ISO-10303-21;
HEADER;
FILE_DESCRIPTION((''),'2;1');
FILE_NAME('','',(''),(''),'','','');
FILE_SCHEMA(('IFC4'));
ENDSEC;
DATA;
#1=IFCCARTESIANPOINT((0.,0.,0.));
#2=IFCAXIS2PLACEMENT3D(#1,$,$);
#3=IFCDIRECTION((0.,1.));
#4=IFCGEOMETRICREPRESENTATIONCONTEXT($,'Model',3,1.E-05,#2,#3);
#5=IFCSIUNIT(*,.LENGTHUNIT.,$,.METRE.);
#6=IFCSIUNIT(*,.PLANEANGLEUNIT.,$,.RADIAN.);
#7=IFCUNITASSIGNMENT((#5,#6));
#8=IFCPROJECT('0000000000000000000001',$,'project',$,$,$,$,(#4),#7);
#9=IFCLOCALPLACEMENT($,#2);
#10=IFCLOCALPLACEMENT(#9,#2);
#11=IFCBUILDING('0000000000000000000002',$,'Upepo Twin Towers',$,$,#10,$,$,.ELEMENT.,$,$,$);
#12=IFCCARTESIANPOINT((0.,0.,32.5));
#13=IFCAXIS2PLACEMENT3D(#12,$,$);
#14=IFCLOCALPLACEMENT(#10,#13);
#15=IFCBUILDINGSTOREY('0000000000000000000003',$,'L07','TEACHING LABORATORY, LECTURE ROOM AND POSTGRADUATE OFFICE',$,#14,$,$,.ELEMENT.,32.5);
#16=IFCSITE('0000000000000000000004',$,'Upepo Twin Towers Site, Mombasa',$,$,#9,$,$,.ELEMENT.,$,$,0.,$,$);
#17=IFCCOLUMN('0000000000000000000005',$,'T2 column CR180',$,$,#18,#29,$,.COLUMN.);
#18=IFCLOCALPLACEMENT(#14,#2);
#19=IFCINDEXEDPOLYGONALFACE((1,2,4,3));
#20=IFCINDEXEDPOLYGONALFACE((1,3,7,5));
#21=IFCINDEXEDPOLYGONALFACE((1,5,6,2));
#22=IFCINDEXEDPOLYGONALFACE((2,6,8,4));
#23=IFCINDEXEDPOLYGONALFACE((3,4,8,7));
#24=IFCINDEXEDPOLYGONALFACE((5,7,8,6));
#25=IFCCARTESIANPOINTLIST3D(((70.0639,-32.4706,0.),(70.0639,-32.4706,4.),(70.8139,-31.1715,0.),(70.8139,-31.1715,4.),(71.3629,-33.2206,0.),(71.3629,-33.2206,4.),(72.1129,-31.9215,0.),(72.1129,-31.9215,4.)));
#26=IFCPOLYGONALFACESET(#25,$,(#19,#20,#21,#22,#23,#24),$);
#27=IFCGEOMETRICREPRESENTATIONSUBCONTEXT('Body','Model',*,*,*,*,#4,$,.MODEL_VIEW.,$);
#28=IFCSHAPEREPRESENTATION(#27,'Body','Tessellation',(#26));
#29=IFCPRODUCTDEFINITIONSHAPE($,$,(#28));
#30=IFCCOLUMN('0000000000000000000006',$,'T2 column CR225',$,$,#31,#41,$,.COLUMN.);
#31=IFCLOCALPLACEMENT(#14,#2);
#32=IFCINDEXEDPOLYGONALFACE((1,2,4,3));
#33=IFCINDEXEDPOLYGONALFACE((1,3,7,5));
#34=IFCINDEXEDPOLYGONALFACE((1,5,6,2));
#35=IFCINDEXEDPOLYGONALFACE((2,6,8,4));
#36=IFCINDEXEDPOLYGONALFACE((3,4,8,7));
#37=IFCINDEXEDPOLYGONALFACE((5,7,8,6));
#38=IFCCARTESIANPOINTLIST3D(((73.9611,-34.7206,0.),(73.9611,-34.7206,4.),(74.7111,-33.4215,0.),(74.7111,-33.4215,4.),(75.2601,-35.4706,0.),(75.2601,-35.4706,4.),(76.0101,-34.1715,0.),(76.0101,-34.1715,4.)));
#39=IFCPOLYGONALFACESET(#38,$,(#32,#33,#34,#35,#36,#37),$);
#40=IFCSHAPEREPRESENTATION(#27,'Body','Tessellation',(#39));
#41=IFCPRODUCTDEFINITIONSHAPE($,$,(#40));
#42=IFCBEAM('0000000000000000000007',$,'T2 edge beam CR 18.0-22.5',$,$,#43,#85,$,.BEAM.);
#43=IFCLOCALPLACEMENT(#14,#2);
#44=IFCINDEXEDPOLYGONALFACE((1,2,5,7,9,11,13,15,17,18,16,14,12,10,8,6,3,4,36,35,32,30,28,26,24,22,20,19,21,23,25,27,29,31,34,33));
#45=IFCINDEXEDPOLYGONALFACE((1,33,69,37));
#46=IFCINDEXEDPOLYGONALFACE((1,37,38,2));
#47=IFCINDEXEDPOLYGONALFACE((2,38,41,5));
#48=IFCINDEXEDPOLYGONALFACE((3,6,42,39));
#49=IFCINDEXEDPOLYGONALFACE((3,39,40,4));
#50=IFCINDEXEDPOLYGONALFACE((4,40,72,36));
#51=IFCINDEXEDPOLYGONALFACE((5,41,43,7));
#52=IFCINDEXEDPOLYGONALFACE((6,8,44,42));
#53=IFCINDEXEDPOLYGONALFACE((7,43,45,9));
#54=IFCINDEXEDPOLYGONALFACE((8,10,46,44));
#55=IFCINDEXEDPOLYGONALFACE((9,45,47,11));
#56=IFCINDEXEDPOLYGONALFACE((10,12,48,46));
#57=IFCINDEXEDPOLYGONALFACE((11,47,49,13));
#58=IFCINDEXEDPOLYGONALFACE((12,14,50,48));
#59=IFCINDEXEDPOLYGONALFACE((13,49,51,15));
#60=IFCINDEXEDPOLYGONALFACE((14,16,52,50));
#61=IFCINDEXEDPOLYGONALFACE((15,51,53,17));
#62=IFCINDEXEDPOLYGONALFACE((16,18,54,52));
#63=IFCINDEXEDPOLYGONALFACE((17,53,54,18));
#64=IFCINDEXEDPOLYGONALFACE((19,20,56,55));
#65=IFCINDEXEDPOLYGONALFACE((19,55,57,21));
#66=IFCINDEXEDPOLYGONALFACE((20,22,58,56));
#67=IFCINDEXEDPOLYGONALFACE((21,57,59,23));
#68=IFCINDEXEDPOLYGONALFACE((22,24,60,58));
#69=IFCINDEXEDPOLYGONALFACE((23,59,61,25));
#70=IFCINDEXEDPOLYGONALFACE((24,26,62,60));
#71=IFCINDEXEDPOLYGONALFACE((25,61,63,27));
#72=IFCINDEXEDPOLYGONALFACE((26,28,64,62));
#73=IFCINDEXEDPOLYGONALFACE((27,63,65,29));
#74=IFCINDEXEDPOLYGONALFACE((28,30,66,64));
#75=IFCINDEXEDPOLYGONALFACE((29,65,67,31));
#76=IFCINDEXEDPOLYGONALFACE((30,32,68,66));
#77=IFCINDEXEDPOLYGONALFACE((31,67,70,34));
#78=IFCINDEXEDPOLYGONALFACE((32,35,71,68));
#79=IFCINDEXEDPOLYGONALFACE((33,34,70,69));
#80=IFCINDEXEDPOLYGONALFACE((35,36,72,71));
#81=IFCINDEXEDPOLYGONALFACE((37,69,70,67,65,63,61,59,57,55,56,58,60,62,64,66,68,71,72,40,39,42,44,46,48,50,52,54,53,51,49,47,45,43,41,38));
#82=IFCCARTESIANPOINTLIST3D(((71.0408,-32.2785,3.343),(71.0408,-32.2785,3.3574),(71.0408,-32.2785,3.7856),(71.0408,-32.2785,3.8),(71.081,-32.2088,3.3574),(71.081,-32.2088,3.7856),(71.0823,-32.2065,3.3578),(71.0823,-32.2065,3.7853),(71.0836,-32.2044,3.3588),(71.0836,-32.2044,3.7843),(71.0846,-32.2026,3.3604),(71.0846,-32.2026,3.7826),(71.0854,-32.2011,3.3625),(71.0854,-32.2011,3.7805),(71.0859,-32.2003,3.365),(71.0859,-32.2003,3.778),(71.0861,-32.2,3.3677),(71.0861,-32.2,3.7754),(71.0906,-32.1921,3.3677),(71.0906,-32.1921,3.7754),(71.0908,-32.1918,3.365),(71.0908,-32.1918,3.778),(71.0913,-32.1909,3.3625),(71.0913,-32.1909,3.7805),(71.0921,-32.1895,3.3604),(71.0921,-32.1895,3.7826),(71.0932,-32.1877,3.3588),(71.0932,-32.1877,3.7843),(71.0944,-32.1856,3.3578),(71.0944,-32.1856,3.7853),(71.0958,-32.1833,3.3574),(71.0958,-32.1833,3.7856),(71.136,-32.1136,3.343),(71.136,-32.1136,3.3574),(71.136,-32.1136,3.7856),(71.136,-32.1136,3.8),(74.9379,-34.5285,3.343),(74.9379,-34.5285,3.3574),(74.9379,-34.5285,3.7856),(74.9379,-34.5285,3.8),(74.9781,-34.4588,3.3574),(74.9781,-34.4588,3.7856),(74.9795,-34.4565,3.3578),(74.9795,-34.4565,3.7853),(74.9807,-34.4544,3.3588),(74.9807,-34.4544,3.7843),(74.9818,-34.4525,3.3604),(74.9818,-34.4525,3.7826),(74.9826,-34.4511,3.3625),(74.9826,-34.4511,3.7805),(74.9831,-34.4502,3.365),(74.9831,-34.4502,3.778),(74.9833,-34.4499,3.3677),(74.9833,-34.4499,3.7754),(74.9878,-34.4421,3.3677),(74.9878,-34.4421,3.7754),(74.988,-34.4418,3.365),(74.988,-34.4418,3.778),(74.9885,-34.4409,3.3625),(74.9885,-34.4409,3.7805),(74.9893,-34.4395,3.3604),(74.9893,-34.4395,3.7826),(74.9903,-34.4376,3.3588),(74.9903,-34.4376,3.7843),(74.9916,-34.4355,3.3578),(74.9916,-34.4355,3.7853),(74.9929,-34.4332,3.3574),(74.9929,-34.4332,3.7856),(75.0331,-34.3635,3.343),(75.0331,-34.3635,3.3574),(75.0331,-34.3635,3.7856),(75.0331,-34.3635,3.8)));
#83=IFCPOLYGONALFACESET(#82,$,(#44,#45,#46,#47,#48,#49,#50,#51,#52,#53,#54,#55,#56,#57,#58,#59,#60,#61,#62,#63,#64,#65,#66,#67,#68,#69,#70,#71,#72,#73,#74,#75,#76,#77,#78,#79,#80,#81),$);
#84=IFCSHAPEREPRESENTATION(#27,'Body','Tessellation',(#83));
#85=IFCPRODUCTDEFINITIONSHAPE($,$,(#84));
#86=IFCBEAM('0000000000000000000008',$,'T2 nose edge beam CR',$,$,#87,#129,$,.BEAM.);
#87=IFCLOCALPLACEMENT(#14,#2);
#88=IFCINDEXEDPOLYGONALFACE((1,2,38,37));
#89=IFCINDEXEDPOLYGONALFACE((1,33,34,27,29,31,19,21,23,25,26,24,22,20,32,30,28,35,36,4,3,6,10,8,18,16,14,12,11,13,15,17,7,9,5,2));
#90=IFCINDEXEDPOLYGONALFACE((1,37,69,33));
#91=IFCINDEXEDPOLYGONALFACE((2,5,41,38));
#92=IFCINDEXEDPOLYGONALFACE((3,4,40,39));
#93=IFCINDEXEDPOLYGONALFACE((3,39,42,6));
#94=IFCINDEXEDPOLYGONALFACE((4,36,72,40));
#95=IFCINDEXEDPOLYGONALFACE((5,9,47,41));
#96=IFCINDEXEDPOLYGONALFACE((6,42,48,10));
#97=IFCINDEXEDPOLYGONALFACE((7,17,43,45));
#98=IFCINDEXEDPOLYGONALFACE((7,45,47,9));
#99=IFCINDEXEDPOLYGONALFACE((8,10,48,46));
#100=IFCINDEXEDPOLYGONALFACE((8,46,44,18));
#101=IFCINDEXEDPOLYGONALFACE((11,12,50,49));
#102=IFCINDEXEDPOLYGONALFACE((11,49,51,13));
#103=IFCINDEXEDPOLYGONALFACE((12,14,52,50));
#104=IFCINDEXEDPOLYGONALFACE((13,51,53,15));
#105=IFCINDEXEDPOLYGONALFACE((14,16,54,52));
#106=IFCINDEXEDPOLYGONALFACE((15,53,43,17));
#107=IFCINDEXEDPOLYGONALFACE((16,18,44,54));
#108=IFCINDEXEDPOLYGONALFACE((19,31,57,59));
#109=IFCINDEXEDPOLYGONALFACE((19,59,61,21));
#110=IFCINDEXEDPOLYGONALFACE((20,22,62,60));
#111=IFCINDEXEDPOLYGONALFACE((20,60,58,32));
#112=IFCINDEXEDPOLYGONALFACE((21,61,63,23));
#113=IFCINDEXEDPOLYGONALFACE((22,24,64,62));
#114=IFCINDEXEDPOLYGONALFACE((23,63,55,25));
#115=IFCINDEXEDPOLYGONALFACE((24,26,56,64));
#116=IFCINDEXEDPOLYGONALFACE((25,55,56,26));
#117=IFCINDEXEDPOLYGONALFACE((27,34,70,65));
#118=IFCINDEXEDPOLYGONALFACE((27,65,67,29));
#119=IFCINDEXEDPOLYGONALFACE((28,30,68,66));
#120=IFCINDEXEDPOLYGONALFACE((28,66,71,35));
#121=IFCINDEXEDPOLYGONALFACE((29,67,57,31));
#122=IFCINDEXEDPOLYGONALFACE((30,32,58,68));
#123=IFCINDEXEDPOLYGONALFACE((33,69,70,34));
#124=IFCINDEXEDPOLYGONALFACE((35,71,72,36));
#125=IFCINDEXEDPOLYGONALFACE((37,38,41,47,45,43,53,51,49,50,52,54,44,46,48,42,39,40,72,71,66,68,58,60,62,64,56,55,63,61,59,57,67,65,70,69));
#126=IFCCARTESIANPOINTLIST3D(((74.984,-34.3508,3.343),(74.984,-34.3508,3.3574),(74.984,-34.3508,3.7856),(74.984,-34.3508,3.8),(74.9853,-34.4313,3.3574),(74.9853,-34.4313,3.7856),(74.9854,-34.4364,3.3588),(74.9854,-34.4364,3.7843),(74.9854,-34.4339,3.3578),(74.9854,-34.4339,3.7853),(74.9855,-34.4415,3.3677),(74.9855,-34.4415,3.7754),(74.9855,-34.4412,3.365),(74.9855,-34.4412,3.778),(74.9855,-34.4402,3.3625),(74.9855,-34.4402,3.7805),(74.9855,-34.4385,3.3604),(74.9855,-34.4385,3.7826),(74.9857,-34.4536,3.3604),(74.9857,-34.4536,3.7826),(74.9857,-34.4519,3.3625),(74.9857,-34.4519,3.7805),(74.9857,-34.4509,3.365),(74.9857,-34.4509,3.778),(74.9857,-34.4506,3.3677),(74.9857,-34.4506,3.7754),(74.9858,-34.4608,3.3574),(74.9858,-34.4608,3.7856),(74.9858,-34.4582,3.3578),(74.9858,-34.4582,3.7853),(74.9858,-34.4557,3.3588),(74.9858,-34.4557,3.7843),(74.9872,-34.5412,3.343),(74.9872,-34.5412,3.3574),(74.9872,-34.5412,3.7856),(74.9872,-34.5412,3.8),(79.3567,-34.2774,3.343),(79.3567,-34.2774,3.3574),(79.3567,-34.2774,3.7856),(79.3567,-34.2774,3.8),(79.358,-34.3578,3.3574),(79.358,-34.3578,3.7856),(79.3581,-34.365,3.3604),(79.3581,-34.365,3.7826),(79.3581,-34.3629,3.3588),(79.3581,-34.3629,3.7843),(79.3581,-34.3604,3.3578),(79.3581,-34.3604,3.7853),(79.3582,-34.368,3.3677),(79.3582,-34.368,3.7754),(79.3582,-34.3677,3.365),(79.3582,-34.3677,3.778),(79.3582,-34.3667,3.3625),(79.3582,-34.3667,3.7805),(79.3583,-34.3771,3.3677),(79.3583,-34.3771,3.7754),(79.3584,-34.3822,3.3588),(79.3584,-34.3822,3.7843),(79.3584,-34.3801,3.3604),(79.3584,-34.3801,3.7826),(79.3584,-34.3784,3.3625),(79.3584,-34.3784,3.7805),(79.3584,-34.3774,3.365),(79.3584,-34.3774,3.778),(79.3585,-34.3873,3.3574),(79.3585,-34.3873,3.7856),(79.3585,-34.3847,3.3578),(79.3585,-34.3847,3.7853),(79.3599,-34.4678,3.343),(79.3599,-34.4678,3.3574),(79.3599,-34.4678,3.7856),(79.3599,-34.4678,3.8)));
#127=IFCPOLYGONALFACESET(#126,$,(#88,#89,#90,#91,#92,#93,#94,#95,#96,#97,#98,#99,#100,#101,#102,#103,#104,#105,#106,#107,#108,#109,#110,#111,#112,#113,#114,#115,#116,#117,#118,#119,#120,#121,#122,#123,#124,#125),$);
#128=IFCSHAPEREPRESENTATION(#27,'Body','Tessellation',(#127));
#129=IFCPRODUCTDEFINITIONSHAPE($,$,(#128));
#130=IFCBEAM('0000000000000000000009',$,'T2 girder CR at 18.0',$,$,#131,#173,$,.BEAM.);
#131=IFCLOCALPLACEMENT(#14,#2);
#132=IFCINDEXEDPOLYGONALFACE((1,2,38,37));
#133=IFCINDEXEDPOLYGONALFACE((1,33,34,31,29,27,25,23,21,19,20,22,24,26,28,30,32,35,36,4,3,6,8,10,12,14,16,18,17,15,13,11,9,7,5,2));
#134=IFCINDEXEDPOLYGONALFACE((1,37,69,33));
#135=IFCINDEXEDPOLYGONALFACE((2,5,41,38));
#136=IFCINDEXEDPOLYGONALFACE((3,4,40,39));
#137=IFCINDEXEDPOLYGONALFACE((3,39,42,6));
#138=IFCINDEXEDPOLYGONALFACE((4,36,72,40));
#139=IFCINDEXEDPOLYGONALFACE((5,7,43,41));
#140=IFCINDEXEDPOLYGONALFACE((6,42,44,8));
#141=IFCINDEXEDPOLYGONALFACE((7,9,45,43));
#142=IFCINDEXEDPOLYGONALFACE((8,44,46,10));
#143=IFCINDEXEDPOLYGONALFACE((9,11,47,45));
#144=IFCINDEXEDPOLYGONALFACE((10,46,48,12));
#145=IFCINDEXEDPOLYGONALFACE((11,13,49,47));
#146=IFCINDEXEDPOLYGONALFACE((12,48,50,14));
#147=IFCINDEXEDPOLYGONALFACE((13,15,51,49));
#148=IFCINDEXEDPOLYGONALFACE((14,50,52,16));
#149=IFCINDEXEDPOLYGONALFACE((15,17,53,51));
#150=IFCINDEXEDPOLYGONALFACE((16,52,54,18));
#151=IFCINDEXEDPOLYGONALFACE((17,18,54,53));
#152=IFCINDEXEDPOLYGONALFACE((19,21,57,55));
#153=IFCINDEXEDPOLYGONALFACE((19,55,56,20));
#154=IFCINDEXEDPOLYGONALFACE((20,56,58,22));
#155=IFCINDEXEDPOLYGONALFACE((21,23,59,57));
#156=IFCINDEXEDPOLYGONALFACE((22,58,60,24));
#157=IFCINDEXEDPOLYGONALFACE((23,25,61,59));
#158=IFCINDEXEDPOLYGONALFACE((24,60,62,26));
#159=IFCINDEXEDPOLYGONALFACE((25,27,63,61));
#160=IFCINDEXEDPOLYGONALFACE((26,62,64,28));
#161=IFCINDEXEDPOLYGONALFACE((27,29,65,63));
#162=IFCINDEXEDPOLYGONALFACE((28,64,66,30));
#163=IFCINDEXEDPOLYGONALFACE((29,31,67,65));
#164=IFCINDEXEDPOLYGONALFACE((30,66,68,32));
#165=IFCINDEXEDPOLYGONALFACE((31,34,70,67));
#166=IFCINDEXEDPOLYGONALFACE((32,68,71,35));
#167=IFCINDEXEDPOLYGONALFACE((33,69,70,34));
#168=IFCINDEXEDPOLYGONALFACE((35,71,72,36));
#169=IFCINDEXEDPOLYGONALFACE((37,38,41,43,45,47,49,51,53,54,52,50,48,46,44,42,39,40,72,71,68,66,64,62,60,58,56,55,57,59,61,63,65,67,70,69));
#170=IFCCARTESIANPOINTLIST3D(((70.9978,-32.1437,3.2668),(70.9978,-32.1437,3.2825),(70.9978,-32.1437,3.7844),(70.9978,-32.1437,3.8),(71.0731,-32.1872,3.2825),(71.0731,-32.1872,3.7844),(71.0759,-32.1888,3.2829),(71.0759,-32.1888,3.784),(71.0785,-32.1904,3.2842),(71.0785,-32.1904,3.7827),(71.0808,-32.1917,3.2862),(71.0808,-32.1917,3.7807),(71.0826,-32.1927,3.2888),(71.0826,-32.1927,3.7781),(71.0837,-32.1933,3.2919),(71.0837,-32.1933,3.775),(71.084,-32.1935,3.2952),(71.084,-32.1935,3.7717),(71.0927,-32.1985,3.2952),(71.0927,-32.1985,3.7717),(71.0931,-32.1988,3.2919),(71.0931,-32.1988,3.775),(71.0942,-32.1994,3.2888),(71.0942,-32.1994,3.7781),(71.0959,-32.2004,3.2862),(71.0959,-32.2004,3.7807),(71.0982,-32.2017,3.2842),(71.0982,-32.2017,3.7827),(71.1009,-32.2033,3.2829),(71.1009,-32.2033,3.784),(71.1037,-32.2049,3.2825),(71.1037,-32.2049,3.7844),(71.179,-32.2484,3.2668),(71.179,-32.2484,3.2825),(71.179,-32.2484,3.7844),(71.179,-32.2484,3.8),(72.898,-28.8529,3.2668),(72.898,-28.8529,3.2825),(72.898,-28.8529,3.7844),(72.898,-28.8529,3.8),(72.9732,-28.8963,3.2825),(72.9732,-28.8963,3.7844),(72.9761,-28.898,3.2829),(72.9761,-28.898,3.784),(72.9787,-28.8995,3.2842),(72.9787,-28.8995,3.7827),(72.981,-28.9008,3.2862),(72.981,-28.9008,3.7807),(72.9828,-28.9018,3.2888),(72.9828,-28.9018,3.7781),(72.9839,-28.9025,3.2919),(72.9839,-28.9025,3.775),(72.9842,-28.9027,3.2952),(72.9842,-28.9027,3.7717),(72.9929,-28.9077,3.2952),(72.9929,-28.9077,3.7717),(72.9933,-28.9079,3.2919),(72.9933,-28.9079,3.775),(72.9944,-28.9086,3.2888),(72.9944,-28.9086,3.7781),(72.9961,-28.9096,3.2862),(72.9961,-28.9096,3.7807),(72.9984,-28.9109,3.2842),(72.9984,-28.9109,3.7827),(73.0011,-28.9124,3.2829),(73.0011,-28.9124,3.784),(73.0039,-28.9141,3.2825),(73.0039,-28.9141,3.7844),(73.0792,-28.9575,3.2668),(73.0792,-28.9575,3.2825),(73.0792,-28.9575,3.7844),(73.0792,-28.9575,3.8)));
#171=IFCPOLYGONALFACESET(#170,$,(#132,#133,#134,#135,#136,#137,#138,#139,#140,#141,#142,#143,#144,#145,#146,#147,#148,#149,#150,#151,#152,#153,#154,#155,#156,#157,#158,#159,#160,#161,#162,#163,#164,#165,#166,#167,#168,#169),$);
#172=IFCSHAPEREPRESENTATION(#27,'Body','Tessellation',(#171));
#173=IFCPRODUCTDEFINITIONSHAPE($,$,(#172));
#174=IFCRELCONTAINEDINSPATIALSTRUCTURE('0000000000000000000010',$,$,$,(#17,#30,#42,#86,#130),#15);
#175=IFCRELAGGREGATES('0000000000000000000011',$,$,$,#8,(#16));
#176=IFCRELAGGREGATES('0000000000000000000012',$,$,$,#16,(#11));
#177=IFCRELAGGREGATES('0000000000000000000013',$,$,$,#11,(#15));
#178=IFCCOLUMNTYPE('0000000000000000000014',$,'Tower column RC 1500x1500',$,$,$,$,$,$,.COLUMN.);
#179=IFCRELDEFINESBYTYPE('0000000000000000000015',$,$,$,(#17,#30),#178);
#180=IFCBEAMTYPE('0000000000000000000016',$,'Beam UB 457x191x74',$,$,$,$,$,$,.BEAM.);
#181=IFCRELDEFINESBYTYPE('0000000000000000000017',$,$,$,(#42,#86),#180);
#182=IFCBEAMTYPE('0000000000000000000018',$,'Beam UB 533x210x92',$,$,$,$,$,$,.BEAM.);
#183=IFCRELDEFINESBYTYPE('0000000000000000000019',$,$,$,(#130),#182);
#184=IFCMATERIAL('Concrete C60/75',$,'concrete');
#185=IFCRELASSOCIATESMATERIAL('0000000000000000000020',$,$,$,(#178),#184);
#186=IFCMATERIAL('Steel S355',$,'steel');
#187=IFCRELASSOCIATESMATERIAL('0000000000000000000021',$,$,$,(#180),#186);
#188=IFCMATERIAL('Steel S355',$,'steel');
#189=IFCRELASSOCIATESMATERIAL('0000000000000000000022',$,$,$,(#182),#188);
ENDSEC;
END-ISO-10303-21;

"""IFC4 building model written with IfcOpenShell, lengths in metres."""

from ifc_helpers import new_model, si_unit, direction, frame, origin, origin_2d, place, context, subcontext, project, spatial, rectangle, i_section, extrude, material, material_profile, profile_set, type_object, element, save


model = new_model("IFC4")

# Units and contexts
model_context = context("Model", 3, precision=1e-05, world=origin(), true_north=direction((0.0, 1.0)))
body_context = subcontext(model_context, "Body", "Model", "MODEL_VIEW")
ifc_project = project(units=[si_unit("LENGTHUNIT", "METRE"), si_unit("PLANEANGLEUNIT", "RADIAN")], contexts=[model_context])

# Site, building, storey
site_placement = place(None, origin())
site = spatial("IfcSite", under=ifc_project, at=site_placement, Name="Upepo Twin Towers Site, Mombasa", CompositionType="ELEMENT", RefElevation=0.0)
building_placement = place(site_placement, origin())
building = spatial("IfcBuilding", under=site, at=building_placement, Name="Upepo Twin Towers", CompositionType="ELEMENT")
storey_placement = place(building_placement, frame((0.0, 0.0, 32.5)))
storey = spatial("IfcBuildingStorey", under=building, at=storey_placement, Name="L07", Description="TEACHING LABORATORY, LECTURE ROOM AND POSTGRADUATE OFFICE", CompositionType="ELEMENT", Elevation=32.5)

# Columns
ifc_material_1 = material(Name="Concrete C60/75", Category="concrete")
ifc_material_profile_1 = material_profile(ifc_material_1, rectangle(XDim=1.5, YDim=1.5, at=origin_2d()), Name="RC 1500x1500")
ifc_profile_set_1 = profile_set([ifc_material_profile_1], Name="Concrete C60/75")
column_type = type_object("IfcColumnType", Name="Tower column RC 1500x1500", PredefinedType="COLUMN", material=ifc_profile_set_1)
for number, where, z_axis, x_axis, name in (
    (1, (71.0884, -32.196, 0.0), (0.0, 0.0, 1.0), (0.5, 0.866025, 0.0), "T2 column CR180"),
    (2, (74.9856, -34.446, 0.0), (0.0, 0.0, 1.0), (0.5, 0.866025, 0.0), "T2 column CR225"),
):
    element("IfcColumn", number, at=place(storey_placement, frame(where, z_axis=z_axis, x_axis=x_axis)), inside=storey, type_object=column_type, Name=name, PredefinedType="COLUMN", context=body_context, shape_type="SweptSolid", body=[
        extrude(rectangle(XDim=1.5, YDim=1.5, at=origin_2d()), origin(), (0.0, 0.0, 1.0), 4.0),
    ])

# Beams
ifc_material_2 = material(Name="Steel S355", Category="steel")
ifc_material_profile_2 = material_profile(ifc_material_2, i_section(OverallWidth=0.1904, OverallDepth=0.457, WebThickness=0.009, FlangeThickness=0.0144, FilletRadius=0.0103, at=origin_2d()), Name="UB 457x191x74")
ifc_profile_set_2 = profile_set([ifc_material_profile_2], Name="Steel S355")
beam_type_1 = type_object("IfcBeamType", Name="Beam UB 457x191x74", PredefinedType="BEAM", material=ifc_profile_set_2)
beam_1_placement = place(storey_placement, frame((71.0884, -32.196, 3.5715), z_axis=(0.866031, -0.49999, 0.0), x_axis=(0.49999, 0.866031, 0.0)))
element("IfcBeam", 3, at=beam_1_placement, inside=storey, type_object=beam_type_1, Name="T2 edge beam CR 18.0-22.5", PredefinedType="BEAM", context=body_context, shape_type="SweptSolid", body=[
    extrude(i_section(OverallWidth=0.1904, OverallDepth=0.457, WebThickness=0.009, FlangeThickness=0.0144, FilletRadius=0.0103, at=origin_2d()), origin(), (0.0, 0.0, 1.0), 4.5),
])
beam_2_placement = place(storey_placement, frame((74.9856, -34.446, 3.5715), z_axis=(0.999859, 0.016804, 0.0), x_axis=(-0.016804, 0.999859, 0.0)))
element("IfcBeam", 4, at=beam_2_placement, inside=storey, type_object=beam_type_1, Name="T2 nose edge beam CR", PredefinedType="BEAM", context=body_context, shape_type="SweptSolid", body=[
    extrude(i_section(OverallWidth=0.1904, OverallDepth=0.457, WebThickness=0.009, FlangeThickness=0.0144, FilletRadius=0.0103, at=origin_2d()), origin(), (0.0, 0.0, 1.0), 4.3733),
])
ifc_material_3 = material(Name="Steel S355", Category="steel")
ifc_material_profile_3 = material_profile(ifc_material_3, i_section(OverallWidth=0.2092, OverallDepth=0.5332, WebThickness=0.01, FlangeThickness=0.0156, FilletRadius=0.0127, at=origin_2d()), Name="UB 533x210x92")
ifc_profile_set_3 = profile_set([ifc_material_profile_3], Name="Steel S355")
beam_type_2 = type_object("IfcBeamType", Name="Beam UB 533x210x92", PredefinedType="BEAM", material=ifc_profile_set_3)
beam_3_placement = place(storey_placement, frame((71.0884, -32.196, 3.5334), z_axis=(0.500043, 0.866, 0.0), x_axis=(-0.866, 0.500043, 0.0)))
element("IfcBeam", 5, at=beam_3_placement, inside=storey, type_object=beam_type_2, Name="T2 girder CR at 18.0", PredefinedType="BEAM", context=body_context, shape_type="SweptSolid", body=[
    extrude(i_section(OverallWidth=0.2092, OverallDepth=0.5332, WebThickness=0.01, FlangeThickness=0.0156, FilletRadius=0.0127, at=origin_2d()), origin(), (0.0, 0.0, 1.0), 3.8),
])

save(model, "model.ifc")
